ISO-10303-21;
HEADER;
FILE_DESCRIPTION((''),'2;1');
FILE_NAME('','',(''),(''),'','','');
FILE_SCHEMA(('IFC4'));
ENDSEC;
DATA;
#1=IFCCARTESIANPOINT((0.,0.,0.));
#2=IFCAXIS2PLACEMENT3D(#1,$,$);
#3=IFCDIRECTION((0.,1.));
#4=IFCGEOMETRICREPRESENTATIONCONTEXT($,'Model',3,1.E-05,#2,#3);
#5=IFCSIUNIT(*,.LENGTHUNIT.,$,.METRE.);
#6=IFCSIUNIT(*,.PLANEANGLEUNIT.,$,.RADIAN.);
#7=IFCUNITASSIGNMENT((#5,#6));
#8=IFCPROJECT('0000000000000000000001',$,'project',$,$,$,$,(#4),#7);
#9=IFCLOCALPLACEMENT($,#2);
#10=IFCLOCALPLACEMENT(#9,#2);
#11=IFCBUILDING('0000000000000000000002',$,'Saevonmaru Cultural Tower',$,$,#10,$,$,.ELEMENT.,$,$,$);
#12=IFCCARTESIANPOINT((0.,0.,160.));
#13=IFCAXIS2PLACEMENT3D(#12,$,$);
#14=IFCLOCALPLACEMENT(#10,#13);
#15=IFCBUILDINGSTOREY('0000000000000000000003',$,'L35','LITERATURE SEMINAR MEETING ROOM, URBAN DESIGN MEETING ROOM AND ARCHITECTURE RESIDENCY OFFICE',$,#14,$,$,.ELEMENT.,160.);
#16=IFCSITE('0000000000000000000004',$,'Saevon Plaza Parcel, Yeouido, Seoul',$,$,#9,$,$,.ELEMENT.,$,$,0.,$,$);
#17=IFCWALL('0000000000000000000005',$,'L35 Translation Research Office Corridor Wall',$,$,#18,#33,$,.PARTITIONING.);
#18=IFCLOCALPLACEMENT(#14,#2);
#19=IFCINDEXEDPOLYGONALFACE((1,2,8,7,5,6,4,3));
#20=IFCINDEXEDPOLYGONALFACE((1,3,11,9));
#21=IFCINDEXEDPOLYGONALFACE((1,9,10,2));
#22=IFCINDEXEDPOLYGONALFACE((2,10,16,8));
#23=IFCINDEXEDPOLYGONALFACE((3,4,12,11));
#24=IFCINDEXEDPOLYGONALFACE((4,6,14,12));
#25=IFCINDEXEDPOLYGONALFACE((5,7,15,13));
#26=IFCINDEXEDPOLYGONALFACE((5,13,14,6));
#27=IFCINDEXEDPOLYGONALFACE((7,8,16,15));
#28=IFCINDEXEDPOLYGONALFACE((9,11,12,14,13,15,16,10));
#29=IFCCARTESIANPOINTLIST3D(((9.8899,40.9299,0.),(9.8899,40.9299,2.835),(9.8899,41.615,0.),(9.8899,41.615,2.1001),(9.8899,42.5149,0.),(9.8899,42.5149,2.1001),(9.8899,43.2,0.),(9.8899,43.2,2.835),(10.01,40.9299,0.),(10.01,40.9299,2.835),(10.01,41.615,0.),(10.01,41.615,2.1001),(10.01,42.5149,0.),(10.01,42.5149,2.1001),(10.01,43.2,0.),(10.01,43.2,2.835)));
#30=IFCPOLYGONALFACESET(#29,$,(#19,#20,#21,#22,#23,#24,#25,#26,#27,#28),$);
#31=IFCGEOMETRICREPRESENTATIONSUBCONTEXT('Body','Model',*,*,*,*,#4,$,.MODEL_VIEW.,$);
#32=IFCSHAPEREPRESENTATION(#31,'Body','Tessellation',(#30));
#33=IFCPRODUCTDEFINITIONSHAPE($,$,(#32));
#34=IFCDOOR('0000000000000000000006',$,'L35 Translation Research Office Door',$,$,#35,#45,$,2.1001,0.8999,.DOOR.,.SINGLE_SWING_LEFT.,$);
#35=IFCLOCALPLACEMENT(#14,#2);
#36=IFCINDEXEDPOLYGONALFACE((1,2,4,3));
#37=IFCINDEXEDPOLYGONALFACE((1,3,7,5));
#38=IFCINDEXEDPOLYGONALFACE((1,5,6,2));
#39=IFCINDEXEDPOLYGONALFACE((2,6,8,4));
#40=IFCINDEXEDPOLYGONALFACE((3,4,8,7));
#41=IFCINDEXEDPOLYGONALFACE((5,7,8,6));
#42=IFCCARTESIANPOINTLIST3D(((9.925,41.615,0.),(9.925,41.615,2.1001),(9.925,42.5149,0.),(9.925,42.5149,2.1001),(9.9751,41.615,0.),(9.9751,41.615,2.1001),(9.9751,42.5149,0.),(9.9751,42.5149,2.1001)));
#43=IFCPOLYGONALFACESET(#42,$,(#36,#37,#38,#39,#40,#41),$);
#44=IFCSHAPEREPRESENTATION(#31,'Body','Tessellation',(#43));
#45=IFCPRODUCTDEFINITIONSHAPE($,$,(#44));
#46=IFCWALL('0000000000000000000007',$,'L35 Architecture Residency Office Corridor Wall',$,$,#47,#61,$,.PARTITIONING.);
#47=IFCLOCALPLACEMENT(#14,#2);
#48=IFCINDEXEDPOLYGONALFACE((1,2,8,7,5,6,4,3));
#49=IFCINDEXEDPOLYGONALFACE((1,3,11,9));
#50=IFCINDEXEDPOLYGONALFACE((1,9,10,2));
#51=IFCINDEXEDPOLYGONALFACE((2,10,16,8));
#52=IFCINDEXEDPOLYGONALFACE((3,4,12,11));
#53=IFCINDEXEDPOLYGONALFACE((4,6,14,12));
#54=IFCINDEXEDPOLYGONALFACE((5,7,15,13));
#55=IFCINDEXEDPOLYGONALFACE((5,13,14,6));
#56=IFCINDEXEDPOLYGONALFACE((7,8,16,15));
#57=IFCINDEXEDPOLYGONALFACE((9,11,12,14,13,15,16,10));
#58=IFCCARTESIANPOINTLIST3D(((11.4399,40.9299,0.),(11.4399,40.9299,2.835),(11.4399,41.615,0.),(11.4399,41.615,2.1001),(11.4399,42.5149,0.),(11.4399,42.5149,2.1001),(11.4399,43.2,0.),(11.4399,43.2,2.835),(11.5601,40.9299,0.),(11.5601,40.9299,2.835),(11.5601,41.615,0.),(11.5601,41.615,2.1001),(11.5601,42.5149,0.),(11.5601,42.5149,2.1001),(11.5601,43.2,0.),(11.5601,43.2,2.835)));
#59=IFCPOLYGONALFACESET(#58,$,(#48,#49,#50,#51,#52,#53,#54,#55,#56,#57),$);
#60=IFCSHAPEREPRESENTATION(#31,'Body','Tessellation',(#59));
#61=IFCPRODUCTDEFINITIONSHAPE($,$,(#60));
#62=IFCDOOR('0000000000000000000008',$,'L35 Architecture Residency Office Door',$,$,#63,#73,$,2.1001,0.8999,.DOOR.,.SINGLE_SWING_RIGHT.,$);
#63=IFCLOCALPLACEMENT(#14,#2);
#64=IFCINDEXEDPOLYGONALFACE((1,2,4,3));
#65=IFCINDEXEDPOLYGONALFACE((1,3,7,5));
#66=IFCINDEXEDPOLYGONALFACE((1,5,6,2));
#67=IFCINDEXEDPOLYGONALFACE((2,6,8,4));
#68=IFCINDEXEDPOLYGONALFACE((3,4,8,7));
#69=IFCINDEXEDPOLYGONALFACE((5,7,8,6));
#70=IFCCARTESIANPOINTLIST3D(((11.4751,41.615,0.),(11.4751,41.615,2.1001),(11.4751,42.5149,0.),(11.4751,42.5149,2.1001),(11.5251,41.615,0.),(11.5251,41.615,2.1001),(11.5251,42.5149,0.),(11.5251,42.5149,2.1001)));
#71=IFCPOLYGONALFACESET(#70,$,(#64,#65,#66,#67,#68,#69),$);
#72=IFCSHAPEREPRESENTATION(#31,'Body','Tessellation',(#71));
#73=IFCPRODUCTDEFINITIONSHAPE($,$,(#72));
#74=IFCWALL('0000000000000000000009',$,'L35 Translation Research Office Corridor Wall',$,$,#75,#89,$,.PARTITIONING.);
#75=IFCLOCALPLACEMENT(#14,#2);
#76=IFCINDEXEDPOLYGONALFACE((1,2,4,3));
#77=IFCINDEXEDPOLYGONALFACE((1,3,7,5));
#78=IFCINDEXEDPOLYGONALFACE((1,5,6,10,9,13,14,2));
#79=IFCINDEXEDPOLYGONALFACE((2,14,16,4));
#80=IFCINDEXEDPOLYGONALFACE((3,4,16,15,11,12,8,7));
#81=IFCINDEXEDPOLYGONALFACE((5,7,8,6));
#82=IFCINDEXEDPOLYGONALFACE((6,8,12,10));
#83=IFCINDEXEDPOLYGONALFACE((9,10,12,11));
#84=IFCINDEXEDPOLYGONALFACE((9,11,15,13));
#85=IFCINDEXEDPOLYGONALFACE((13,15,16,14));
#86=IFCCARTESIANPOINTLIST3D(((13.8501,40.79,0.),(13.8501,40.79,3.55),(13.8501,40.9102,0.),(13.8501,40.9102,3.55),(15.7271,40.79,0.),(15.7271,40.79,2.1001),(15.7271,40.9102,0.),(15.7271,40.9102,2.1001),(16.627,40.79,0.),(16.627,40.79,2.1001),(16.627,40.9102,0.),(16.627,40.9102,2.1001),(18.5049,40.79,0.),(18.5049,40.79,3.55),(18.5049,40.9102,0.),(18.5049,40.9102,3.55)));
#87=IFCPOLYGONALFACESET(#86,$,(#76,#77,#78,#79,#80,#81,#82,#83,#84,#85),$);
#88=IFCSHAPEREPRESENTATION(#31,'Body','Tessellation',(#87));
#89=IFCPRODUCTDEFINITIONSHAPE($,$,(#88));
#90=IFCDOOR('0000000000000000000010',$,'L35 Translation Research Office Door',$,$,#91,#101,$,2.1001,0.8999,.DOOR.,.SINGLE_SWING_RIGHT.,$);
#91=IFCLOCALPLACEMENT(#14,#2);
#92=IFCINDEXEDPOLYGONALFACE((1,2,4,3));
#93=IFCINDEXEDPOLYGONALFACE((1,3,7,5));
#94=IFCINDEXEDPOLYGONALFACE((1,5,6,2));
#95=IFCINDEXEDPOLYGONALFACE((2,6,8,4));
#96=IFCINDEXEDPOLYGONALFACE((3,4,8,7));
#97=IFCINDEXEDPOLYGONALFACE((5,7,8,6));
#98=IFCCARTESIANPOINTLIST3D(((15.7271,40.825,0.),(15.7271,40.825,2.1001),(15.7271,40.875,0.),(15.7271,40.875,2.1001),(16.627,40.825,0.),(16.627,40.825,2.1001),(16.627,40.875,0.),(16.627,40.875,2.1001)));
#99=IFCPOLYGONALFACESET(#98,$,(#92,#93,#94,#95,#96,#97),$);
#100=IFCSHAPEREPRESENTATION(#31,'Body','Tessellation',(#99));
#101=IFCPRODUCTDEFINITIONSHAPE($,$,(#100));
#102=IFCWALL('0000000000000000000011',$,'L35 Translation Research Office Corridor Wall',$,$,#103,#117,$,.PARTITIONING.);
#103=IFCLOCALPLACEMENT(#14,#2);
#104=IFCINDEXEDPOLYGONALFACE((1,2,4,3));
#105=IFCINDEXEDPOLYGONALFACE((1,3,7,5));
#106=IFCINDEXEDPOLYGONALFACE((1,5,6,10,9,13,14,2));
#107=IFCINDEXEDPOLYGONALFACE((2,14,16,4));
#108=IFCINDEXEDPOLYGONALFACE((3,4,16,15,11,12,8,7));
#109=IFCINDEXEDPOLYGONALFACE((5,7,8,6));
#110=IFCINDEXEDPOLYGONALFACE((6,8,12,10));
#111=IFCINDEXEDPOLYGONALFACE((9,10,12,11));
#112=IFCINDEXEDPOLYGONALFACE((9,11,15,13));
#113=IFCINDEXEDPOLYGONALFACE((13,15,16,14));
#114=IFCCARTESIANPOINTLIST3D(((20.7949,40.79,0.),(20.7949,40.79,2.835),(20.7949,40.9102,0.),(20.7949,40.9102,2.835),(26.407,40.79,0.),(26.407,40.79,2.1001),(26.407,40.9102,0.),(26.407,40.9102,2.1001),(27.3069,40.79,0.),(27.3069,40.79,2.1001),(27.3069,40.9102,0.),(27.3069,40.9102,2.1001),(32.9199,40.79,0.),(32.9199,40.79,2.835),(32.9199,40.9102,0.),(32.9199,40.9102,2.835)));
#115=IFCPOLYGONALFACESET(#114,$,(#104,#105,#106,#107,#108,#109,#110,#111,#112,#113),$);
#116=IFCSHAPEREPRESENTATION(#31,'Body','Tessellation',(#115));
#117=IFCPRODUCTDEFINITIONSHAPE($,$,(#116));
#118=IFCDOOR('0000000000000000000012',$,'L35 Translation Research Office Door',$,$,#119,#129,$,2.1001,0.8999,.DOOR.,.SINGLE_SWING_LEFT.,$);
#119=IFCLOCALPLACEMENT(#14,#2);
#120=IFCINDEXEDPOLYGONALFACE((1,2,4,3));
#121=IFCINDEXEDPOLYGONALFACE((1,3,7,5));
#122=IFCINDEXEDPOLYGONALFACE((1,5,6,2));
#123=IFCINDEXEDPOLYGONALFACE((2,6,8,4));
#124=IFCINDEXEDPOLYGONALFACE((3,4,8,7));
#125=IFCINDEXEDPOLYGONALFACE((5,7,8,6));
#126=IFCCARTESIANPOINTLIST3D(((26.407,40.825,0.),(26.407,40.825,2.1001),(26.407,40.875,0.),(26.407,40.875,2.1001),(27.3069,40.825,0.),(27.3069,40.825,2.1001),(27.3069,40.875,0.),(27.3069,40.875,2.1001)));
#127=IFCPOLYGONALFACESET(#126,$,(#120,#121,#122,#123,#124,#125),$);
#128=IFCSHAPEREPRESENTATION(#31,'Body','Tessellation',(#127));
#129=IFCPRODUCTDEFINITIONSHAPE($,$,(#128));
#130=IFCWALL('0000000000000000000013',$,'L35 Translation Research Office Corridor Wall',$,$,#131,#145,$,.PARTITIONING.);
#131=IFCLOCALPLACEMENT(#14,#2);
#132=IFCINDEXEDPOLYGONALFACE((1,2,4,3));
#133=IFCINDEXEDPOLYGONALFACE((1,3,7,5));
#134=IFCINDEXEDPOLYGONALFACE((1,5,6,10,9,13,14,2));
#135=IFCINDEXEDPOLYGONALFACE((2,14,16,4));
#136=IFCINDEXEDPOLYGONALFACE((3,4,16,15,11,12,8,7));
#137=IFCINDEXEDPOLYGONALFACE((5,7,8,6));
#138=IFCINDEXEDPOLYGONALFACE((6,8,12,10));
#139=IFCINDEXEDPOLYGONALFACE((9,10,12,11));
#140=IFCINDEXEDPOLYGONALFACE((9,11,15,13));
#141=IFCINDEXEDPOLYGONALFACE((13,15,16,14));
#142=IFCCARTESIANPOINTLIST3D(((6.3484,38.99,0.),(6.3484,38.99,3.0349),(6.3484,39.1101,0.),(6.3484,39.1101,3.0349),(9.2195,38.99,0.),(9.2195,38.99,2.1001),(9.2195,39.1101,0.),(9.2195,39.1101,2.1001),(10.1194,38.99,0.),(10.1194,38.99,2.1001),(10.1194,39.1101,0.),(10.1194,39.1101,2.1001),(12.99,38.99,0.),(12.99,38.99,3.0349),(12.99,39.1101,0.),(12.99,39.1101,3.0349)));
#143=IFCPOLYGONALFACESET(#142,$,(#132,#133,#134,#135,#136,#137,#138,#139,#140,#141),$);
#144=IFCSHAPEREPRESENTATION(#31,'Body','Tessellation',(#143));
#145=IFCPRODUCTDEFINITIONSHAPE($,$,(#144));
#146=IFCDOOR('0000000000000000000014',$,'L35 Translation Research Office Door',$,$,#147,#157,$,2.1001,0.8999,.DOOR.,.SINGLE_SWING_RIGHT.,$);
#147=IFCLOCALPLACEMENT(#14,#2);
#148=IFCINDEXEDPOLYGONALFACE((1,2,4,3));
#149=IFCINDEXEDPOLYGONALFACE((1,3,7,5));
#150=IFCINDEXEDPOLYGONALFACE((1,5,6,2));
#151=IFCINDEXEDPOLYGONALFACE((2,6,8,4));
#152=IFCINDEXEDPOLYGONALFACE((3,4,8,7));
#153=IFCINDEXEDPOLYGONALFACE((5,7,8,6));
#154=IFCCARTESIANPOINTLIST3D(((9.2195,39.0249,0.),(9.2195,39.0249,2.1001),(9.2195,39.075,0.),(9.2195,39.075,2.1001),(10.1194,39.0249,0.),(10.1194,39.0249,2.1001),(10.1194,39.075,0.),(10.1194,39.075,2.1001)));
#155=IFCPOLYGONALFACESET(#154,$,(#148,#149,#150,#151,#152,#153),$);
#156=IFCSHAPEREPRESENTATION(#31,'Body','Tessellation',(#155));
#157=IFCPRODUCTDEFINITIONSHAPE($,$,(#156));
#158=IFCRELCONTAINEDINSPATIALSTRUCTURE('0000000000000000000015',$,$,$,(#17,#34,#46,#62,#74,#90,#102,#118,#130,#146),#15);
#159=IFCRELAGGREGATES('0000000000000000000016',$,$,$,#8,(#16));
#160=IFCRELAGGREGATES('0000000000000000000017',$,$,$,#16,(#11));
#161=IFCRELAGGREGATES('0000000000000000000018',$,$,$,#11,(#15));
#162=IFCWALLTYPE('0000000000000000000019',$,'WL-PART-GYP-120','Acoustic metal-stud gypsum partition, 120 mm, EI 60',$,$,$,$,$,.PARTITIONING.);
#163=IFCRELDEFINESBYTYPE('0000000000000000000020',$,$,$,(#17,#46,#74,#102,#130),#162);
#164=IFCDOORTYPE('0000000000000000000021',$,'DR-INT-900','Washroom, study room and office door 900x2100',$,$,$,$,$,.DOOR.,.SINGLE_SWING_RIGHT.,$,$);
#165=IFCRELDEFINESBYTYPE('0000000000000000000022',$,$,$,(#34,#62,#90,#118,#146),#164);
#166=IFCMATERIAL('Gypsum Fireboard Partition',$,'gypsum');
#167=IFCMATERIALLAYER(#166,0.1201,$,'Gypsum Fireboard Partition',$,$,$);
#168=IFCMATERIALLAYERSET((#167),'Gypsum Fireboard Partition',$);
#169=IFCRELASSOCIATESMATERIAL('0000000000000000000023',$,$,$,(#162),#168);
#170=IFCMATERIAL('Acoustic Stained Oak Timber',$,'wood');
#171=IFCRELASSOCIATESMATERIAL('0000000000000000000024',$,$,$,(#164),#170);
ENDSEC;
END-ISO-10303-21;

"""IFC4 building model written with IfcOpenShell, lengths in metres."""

from ifc_helpers import new_model, si_unit, direction, frame, frame_2d, origin, place, context, subcontext, project, spatial, rectangle, extrude, material, layer, layer_set, type_object, element, fill, save


model = new_model("IFC4")

# Units and contexts
model_context = context("Model", 3, precision=1e-05, world=origin(), true_north=direction((0.0, 1.0)))
body_context = subcontext(model_context, "Body", "Model", "MODEL_VIEW")
ifc_project = project(units=[si_unit("LENGTHUNIT", "METRE"), si_unit("PLANEANGLEUNIT", "RADIAN")], contexts=[model_context])

# Site, building, storey
site_placement = place(None, origin())
site = spatial("IfcSite", under=ifc_project, at=site_placement, Name="Saevon Plaza Parcel, Yeouido, Seoul", CompositionType="ELEMENT", RefElevation=0.0)
building_placement = place(site_placement, origin())
building = spatial("IfcBuilding", under=site, at=building_placement, Name="Saevonmaru Cultural Tower", CompositionType="ELEMENT")
storey_placement = place(building_placement, frame((0.0, 0.0, 160.0)))
storey = spatial("IfcBuildingStorey", under=building, at=storey_placement, Name="L35", Description="LITERATURE SEMINAR MEETING ROOM, URBAN DESIGN MEETING ROOM AND ARCHITECTURE RESIDENCY OFFICE", CompositionType="ELEMENT", Elevation=160.0)

# Shared definitions
ifc_material_1 = material(Name="Gypsum Fireboard Partition", Category="gypsum")
ifc_layer_1 = layer(ifc_material_1, 0.1201, Name="Gypsum Fireboard Partition")
ifc_layer_set_1 = layer_set([ifc_layer_1], Name="Gypsum Fireboard Partition")
wall_type_1 = type_object("IfcWallType", Name="WL-PART-GYP-120", Description="Acoustic metal-stud gypsum partition, 120 mm, EI 60", PredefinedType="PARTITIONING", material=ifc_layer_set_1)

# Walls, openings, doors
wall_1_placement = place(storey_placement, frame((9.95, 40.9299, 0.0), z_axis=(0.0, 0.0, 1.0), x_axis=(0.0, 1.0, 0.0)))
wall_1 = element("IfcWall", 1, at=wall_1_placement, inside=storey, type_object=wall_type_1, Name="L35 Translation Research Office Corridor Wall", PredefinedType="PARTITIONING", context=body_context, shape_type="SweptSolid", body=[
    extrude(rectangle(XDim=2.27, YDim=0.1201, at=frame_2d((1.135, 0.0))), origin(), (0.0, 0.0, 1.0), 2.835),
])
opening_1_placement = place(wall_1_placement, frame((0.6851, 0.0, 0.0)))
opening_1 = element("IfcOpeningElement", 2, at=opening_1_placement, cuts=wall_1, PredefinedType="OPENING", context=body_context, shape_type="SweptSolid", body=[
    extrude(rectangle(XDim=0.8999, YDim=2.1001, at=frame_2d((0.45, 1.05))), frame((0.0, 0.0701, 0.0), z_axis=(0.0, -1.0, 0.0), x_axis=(1.0, 0.0, 0.0)), (0.0, 0.0, 1.0), 0.1401),
])
ifc_material_2 = material(Name="Acoustic Stained Oak Timber", Category="wood")
door_type = type_object("IfcDoorType", Name="DR-INT-900", Description="Washroom, study room and office door 900x2100", OperationType="SINGLE_SWING_RIGHT", PredefinedType="DOOR", material=ifc_material_2)
door_1_placement = place(opening_1_placement, origin())
door_1 = element("IfcDoor", 3, at=door_1_placement, inside=storey, type_object=door_type, Name="L35 Translation Research Office Door", OperationType="SINGLE_SWING_LEFT", OverallHeight=2.1001, OverallWidth=0.8999, PredefinedType="DOOR", context=body_context, shape_type="SweptSolid", body=[
    extrude(rectangle(XDim=0.8999, YDim=2.1001, at=frame_2d((0.45, 1.05))), frame((0.0, 0.0249, 0.0), z_axis=(0.0, -1.0, 0.0), x_axis=(1.0, 0.0, 0.0)), (0.0, 0.0, 1.0), 0.05),
])
fill(opening_1, door_1)
wall_2_placement = place(storey_placement, frame((11.5, 40.9299, 0.0), z_axis=(0.0, 0.0, 1.0), x_axis=(0.0, 1.0, 0.0)))
wall_2 = element("IfcWall", 4, at=wall_2_placement, inside=storey, type_object=wall_type_1, Name="L35 Architecture Residency Office Corridor Wall", PredefinedType="PARTITIONING", context=body_context, shape_type="SweptSolid", body=[
    extrude(rectangle(XDim=2.27, YDim=0.1201, at=frame_2d((1.135, 0.0))), origin(), (0.0, 0.0, 1.0), 2.835),
])
opening_2_placement = place(wall_2_placement, frame((0.6851, 0.0, 0.0)))
opening_2 = element("IfcOpeningElement", 5, at=opening_2_placement, cuts=wall_2, PredefinedType="OPENING", context=body_context, shape_type="SweptSolid", body=[
    extrude(rectangle(XDim=0.8999, YDim=2.1001, at=frame_2d((0.45, 1.05))), frame((0.0, 0.0701, 0.0), z_axis=(0.0, -1.0, 0.0), x_axis=(1.0, 0.0, 0.0)), (0.0, 0.0, 1.0), 0.1401),
])
door_2_placement = place(opening_2_placement, origin())
door_2 = element("IfcDoor", 6, at=door_2_placement, inside=storey, type_object=door_type, Name="L35 Architecture Residency Office Door", OperationType="SINGLE_SWING_RIGHT", OverallHeight=2.1001, OverallWidth=0.8999, PredefinedType="DOOR", context=body_context, shape_type="SweptSolid", body=[
    extrude(rectangle(XDim=0.8999, YDim=2.1001, at=frame_2d((0.45, 1.05))), frame((0.0, 0.0249, 0.0), z_axis=(0.0, -1.0, 0.0), x_axis=(1.0, 0.0, 0.0)), (0.0, 0.0, 1.0), 0.05),
])
fill(opening_2, door_2)
wall_3_placement = place(storey_placement, frame((13.8501, 40.8501, 0.0), z_axis=(0.0, 0.0, 1.0), x_axis=(1.0, 0.0, 0.0)))
wall_3 = element("IfcWall", 7, at=wall_3_placement, inside=storey, type_object=wall_type_1, Name="L35 Translation Research Office Corridor Wall", PredefinedType="PARTITIONING", context=body_context, shape_type="SweptSolid", body=[
    extrude(rectangle(XDim=4.6548, YDim=0.1201, at=frame_2d((2.3274, 0.0))), origin(), (0.0, 0.0, 1.0), 3.55),
])
opening_3_placement = place(wall_3_placement, frame((1.877, 0.0, 0.0)))
opening_3 = element("IfcOpeningElement", 8, at=opening_3_placement, cuts=wall_3, PredefinedType="OPENING", context=body_context, shape_type="SweptSolid", body=[
    extrude(rectangle(XDim=0.8999, YDim=2.1001, at=frame_2d((0.45, 1.05))), frame((0.0, 0.0701, 0.0), z_axis=(0.0, -1.0, 0.0), x_axis=(1.0, 0.0, 0.0)), (0.0, 0.0, 1.0), 0.1401),
])
door_3_placement = place(opening_3_placement, origin())
door_3 = element("IfcDoor", 9, at=door_3_placement, inside=storey, type_object=door_type, Name="L35 Translation Research Office Door", OperationType="SINGLE_SWING_RIGHT", OverallHeight=2.1001, OverallWidth=0.8999, PredefinedType="DOOR", context=body_context, shape_type="SweptSolid", body=[
    extrude(rectangle(XDim=0.8999, YDim=2.1001, at=frame_2d((0.45, 1.05))), frame((0.0, 0.0249, 0.0), z_axis=(0.0, -1.0, 0.0), x_axis=(1.0, 0.0, 0.0)), (0.0, 0.0, 1.0), 0.05),
])
fill(opening_3, door_3)
wall_4_placement = place(storey_placement, frame((20.7949, 40.8501, 0.0), z_axis=(0.0, 0.0, 1.0), x_axis=(1.0, 0.0, 0.0)))
wall_4 = element("IfcWall", 10, at=wall_4_placement, inside=storey, type_object=wall_type_1, Name="L35 Translation Research Office Corridor Wall", PredefinedType="PARTITIONING", context=body_context, shape_type="SweptSolid", body=[
    extrude(rectangle(XDim=12.125, YDim=0.1201, at=frame_2d((6.0625, 0.0))), origin(), (0.0, 0.0, 1.0), 2.835),
])
opening_4_placement = place(wall_4_placement, frame((5.6121, 0.0, 0.0)))
opening_4 = element("IfcOpeningElement", 11, at=opening_4_placement, cuts=wall_4, PredefinedType="OPENING", context=body_context, shape_type="SweptSolid", body=[
    extrude(rectangle(XDim=0.8999, YDim=2.1001, at=frame_2d((0.45, 1.05))), frame((0.0, 0.0701, 0.0), z_axis=(0.0, -1.0, 0.0), x_axis=(1.0, 0.0, 0.0)), (0.0, 0.0, 1.0), 0.1401),
])
door_4_placement = place(opening_4_placement, origin())
door_4 = element("IfcDoor", 12, at=door_4_placement, inside=storey, type_object=door_type, Name="L35 Translation Research Office Door", OperationType="SINGLE_SWING_LEFT", OverallHeight=2.1001, OverallWidth=0.8999, PredefinedType="DOOR", context=body_context, shape_type="SweptSolid", body=[
    extrude(rectangle(XDim=0.8999, YDim=2.1001, at=frame_2d((0.45, 1.05))), frame((0.0, 0.0249, 0.0), z_axis=(0.0, -1.0, 0.0), x_axis=(1.0, 0.0, 0.0)), (0.0, 0.0, 1.0), 0.05),
])
fill(opening_4, door_4)
wall_5_placement = place(storey_placement, frame((6.3484, 39.05, 0.0), z_axis=(0.0, 0.0, 1.0), x_axis=(1.0, 0.0, 0.0)))
wall_5 = element("IfcWall", 13, at=wall_5_placement, inside=storey, type_object=wall_type_1, Name="L35 Translation Research Office Corridor Wall", PredefinedType="PARTITIONING", context=body_context, shape_type="SweptSolid", body=[
    extrude(rectangle(XDim=6.6416, YDim=0.1201, at=frame_2d((3.3208, 0.0))), origin(), (0.0, 0.0, 1.0), 3.0349),
])
opening_5_placement = place(wall_5_placement, frame((2.8711, 0.0, 0.0)))
opening_5 = element("IfcOpeningElement", 14, at=opening_5_placement, cuts=wall_5, PredefinedType="OPENING", context=body_context, shape_type="SweptSolid", body=[
    extrude(rectangle(XDim=0.8999, YDim=2.1001, at=frame_2d((0.45, 1.05))), frame((0.0, 0.0701, 0.0), z_axis=(0.0, -1.0, 0.0), x_axis=(1.0, 0.0, 0.0)), (0.0, 0.0, 1.0), 0.1401),
])
door_5_placement = place(opening_5_placement, origin())
door_5 = element("IfcDoor", 15, at=door_5_placement, inside=storey, type_object=door_type, Name="L35 Translation Research Office Door", OperationType="SINGLE_SWING_RIGHT", OverallHeight=2.1001, OverallWidth=0.8999, PredefinedType="DOOR", context=body_context, shape_type="SweptSolid", body=[
    extrude(rectangle(XDim=0.8999, YDim=2.1001, at=frame_2d((0.45, 1.05))), frame((0.0, 0.0249, 0.0), z_axis=(0.0, -1.0, 0.0), x_axis=(1.0, 0.0, 0.0)), (0.0, 0.0, 1.0), 0.05),
])
fill(opening_5, door_5)

save(model, "model.ifc")
